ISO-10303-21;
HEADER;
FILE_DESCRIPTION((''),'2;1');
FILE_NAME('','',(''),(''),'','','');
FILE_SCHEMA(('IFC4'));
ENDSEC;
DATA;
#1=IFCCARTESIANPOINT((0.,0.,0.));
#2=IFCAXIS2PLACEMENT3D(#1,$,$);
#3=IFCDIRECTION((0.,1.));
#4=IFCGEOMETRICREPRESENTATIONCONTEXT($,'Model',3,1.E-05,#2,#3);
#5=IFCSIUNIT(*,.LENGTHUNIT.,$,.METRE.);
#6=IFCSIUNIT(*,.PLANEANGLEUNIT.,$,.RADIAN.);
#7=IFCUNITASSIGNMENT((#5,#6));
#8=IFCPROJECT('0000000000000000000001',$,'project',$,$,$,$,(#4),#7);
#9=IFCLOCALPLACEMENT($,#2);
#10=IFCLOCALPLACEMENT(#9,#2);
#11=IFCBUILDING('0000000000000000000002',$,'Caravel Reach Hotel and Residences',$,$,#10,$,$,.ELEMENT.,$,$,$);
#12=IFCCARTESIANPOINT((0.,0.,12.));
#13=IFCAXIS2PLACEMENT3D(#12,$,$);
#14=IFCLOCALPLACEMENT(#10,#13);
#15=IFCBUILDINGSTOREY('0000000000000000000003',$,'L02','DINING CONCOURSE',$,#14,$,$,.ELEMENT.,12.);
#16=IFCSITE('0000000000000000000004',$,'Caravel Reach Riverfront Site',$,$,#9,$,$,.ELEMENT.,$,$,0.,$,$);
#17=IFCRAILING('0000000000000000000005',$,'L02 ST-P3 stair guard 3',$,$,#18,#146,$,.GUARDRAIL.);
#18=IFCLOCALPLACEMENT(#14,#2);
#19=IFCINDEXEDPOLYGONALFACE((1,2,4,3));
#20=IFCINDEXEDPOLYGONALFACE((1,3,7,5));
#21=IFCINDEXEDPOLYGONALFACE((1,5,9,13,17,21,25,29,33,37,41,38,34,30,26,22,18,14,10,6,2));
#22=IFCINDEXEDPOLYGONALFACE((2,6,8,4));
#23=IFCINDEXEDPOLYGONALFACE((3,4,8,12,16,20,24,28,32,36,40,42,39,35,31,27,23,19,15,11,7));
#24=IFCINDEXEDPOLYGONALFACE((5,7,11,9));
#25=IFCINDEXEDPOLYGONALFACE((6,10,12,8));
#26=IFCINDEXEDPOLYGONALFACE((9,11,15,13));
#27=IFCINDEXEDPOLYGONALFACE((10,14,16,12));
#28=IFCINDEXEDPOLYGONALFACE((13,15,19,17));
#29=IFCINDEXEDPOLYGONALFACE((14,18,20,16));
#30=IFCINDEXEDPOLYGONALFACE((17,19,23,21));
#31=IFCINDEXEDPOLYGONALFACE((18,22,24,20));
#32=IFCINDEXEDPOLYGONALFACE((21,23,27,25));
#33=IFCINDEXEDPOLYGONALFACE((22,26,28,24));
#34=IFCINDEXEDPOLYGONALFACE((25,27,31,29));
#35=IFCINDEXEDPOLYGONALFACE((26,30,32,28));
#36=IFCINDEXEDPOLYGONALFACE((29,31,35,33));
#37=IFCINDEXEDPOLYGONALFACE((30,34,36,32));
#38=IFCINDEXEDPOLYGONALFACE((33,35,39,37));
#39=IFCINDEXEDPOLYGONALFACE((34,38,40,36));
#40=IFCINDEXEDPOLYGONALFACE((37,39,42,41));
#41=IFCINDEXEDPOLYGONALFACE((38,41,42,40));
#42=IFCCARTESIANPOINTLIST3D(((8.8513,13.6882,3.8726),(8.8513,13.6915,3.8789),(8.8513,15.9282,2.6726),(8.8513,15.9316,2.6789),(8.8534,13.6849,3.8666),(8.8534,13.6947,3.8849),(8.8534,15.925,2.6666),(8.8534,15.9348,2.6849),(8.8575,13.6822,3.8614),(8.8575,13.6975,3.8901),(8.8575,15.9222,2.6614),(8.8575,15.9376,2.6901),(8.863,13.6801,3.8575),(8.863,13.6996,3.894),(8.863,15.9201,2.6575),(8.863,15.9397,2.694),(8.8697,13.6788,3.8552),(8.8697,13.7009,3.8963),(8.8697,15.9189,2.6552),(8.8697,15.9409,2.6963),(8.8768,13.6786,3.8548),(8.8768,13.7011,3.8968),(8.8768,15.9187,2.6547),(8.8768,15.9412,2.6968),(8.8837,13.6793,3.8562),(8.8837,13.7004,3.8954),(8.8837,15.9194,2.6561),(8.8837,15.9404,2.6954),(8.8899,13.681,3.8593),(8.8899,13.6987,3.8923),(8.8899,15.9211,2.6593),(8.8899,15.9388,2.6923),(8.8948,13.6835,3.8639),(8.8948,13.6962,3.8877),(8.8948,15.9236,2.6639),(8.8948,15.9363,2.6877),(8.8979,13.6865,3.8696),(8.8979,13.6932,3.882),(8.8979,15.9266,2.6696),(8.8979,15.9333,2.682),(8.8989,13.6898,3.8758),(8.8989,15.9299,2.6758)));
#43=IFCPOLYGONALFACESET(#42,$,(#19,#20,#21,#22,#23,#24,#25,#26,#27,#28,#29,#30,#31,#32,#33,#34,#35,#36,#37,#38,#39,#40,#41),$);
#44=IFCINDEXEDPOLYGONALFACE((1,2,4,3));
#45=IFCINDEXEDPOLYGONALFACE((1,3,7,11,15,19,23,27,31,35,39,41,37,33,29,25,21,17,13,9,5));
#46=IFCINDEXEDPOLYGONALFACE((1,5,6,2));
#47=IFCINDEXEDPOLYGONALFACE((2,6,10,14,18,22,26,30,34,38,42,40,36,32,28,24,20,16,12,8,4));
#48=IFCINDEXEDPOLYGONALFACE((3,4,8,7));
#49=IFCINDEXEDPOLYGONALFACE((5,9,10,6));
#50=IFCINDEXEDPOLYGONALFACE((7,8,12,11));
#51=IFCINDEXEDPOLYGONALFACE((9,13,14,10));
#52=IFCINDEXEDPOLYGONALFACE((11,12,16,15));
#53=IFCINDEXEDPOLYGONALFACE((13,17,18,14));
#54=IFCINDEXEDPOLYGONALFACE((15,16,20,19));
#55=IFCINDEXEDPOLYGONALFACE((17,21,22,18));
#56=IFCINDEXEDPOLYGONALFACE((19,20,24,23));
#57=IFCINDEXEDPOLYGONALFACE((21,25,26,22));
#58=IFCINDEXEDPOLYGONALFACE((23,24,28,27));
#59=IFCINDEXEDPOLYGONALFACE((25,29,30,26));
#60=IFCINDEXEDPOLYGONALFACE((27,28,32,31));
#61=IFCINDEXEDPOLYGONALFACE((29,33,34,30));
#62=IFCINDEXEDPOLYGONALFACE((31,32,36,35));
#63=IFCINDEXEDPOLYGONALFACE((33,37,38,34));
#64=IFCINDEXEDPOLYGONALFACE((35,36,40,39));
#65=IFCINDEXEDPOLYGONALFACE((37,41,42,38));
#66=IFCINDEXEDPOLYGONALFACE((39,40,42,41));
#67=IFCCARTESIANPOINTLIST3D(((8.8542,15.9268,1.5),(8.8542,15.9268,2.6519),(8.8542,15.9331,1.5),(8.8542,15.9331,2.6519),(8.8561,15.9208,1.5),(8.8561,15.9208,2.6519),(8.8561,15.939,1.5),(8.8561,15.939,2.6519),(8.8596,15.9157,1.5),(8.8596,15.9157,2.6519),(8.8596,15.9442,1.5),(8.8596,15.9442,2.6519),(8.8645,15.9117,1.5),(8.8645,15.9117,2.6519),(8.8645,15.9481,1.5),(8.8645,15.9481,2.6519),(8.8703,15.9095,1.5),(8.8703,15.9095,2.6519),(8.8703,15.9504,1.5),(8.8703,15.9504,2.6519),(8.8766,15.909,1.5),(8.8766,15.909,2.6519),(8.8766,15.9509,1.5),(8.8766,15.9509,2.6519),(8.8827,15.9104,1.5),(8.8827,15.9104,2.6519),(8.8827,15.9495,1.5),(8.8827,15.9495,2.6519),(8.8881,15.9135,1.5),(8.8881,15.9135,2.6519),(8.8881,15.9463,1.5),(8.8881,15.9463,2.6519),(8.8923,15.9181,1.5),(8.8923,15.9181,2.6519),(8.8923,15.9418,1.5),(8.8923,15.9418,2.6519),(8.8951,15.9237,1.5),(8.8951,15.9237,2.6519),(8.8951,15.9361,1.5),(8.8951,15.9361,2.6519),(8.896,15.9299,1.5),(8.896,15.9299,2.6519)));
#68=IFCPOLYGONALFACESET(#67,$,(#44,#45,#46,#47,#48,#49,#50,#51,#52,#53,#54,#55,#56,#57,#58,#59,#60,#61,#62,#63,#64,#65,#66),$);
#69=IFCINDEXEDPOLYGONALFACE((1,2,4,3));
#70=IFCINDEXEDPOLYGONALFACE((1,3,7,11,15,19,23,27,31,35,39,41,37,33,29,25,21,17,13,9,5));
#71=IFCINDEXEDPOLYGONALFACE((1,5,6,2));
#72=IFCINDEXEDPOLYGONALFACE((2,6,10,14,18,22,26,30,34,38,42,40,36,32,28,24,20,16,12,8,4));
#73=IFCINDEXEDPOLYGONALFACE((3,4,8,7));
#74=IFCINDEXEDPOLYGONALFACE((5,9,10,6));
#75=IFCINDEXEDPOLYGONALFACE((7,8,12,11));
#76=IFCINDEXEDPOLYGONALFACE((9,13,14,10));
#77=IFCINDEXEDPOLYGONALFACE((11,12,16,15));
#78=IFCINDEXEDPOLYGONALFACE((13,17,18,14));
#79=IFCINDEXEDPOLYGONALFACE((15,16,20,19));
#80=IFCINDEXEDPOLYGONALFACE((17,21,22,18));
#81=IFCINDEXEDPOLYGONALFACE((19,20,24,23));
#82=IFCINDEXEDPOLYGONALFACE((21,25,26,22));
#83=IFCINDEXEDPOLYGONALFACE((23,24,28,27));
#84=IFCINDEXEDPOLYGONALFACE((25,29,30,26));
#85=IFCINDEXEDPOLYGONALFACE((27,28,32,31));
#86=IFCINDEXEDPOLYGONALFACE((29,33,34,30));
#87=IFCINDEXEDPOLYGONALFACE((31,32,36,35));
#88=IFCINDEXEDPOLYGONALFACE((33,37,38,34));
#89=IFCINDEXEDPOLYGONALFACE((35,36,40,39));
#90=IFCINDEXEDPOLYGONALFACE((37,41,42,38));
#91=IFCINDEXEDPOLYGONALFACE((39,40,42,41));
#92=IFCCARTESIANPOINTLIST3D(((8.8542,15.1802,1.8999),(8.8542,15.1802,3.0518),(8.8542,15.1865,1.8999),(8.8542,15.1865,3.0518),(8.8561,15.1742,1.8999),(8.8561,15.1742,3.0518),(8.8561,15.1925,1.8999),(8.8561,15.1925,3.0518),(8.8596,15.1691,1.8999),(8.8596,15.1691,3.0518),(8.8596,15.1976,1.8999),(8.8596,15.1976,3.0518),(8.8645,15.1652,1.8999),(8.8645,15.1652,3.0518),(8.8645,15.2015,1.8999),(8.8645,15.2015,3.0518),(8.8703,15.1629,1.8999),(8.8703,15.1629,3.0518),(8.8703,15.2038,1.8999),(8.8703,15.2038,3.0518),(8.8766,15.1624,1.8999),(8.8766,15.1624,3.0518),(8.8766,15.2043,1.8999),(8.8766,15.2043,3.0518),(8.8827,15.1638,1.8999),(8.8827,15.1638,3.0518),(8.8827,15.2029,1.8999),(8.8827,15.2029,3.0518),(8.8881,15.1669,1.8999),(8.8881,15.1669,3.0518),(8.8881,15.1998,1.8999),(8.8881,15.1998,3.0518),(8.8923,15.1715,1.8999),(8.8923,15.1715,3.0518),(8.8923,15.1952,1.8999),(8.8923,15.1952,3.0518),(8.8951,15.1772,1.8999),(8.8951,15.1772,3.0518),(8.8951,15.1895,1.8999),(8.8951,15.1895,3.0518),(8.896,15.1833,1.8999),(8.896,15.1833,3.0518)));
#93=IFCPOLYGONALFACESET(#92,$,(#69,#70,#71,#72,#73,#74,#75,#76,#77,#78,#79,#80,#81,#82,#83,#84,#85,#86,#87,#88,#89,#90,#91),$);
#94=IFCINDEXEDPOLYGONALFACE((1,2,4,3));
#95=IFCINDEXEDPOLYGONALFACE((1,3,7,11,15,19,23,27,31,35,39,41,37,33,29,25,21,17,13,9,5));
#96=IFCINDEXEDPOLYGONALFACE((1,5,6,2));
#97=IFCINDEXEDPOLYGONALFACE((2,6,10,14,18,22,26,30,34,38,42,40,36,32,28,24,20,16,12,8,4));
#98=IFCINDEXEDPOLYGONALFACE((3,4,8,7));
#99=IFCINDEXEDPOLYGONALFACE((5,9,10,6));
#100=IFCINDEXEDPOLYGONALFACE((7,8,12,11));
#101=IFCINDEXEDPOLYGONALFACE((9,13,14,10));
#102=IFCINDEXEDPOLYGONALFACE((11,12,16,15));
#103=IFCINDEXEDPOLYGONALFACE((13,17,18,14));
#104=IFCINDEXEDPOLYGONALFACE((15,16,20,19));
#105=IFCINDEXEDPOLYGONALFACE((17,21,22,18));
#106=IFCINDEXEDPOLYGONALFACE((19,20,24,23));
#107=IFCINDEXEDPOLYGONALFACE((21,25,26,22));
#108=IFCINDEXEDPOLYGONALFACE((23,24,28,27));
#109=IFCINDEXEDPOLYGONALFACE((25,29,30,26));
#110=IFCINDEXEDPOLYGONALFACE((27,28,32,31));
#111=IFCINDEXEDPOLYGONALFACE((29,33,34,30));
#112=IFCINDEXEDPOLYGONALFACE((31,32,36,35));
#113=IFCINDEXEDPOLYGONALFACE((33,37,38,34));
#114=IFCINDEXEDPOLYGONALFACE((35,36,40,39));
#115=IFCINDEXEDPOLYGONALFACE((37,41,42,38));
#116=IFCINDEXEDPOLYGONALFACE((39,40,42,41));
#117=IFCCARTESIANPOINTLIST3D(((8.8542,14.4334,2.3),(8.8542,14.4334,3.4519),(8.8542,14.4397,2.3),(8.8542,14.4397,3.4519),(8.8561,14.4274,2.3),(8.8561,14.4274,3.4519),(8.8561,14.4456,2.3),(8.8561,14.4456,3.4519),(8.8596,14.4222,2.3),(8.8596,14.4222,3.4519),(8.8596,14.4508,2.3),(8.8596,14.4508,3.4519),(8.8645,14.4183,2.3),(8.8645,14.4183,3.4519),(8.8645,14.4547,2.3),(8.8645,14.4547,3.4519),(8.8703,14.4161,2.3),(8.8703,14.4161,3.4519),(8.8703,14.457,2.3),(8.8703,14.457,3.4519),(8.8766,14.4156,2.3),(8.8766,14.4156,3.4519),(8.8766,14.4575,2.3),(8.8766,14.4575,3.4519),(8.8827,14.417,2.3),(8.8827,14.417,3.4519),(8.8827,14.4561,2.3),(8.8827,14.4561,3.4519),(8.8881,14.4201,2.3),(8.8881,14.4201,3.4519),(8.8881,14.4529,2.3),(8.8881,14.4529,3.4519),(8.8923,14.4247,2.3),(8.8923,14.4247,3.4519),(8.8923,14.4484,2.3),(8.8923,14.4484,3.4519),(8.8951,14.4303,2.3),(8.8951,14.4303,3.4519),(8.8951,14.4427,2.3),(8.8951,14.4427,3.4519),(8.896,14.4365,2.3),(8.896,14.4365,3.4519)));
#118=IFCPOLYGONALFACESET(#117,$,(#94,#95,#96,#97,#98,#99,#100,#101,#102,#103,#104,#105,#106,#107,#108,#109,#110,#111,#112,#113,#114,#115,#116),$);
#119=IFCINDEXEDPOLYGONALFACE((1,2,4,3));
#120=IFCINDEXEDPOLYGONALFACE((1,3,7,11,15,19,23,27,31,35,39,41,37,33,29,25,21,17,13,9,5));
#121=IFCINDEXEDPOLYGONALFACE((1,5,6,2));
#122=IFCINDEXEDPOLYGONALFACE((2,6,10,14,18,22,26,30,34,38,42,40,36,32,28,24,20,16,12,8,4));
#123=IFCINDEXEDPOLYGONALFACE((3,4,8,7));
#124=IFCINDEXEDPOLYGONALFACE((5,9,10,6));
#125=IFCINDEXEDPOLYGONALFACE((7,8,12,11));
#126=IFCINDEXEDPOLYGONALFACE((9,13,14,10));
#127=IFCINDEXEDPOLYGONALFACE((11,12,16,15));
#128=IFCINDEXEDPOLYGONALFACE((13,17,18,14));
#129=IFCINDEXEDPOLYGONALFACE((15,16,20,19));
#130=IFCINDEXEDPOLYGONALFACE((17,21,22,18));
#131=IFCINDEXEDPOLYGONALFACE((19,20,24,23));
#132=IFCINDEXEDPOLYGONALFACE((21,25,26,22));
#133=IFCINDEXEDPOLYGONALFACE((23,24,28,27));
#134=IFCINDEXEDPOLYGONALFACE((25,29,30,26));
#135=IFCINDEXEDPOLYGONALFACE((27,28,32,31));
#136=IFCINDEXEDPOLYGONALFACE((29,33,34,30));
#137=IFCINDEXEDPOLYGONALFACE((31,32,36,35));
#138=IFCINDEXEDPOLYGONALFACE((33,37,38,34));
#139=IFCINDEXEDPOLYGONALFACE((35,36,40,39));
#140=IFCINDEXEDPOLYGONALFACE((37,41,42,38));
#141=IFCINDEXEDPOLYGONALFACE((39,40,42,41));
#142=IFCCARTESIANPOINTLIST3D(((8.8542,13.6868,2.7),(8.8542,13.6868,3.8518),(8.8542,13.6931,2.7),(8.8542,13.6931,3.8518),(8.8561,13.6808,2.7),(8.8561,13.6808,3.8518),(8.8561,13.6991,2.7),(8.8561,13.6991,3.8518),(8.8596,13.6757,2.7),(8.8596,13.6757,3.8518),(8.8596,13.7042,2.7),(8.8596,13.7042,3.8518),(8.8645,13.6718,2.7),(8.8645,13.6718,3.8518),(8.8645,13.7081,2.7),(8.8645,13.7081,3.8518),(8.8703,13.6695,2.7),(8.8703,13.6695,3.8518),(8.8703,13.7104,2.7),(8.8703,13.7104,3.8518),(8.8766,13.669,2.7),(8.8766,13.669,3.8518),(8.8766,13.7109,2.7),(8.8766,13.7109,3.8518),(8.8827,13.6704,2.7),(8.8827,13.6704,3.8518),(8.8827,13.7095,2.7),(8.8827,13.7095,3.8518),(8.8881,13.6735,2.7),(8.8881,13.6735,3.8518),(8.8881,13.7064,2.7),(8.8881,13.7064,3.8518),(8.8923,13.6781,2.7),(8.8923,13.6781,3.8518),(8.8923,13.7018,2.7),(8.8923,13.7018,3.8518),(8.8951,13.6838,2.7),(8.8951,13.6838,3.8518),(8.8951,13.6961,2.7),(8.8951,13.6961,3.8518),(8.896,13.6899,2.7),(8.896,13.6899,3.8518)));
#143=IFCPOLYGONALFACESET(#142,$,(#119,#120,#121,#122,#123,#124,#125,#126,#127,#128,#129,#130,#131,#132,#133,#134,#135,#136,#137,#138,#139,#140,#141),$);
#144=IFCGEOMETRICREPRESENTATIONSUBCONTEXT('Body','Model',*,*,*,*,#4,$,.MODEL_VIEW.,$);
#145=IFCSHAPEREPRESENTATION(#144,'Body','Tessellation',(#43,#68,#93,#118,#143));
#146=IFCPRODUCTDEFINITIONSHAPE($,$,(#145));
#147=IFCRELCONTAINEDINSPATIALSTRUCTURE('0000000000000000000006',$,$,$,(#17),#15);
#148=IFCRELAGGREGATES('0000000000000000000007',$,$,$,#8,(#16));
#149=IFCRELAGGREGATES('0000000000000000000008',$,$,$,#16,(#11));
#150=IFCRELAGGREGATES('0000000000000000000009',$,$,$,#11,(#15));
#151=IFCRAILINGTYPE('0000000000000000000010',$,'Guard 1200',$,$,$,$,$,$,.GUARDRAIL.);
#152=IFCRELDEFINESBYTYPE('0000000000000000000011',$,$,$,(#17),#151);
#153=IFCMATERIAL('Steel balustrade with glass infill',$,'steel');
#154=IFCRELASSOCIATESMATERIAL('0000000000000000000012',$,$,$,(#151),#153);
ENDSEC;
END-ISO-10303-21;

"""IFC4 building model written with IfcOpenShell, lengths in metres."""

from ifc_helpers import new_model, si_unit, direction, frame, origin, origin_2d, place, context, subcontext, project, spatial, circle, extrude, material, type_object, element, save


model = new_model("IFC4")

# Units and contexts
model_context = context("Model", 3, precision=1e-05, world=origin(), true_north=direction((0.0, 1.0)))
body_context = subcontext(model_context, "Body", "Model", "MODEL_VIEW")
ifc_project = project(units=[si_unit("LENGTHUNIT", "METRE"), si_unit("PLANEANGLEUNIT", "RADIAN")], contexts=[model_context])

# Site, building, storey
site_placement = place(None, origin())
site = spatial("IfcSite", under=ifc_project, at=site_placement, Name="Caravel Reach Riverfront Site", CompositionType="ELEMENT", RefElevation=0.0)
building_placement = place(site_placement, origin())
building = spatial("IfcBuilding", under=site, at=building_placement, Name="Caravel Reach Hotel and Residences", CompositionType="ELEMENT")
storey_placement = place(building_placement, frame((0.0, 0.0, 12.0)))
storey = spatial("IfcBuildingStorey", under=building, at=storey_placement, Name="L02", Description="DINING CONCOURSE", CompositionType="ELEMENT", Elevation=12.0)

# Railing
ifc_material_1 = material(Name="Steel balustrade with glass infill", Category="steel")
railing_type_1 = type_object("IfcRailingType", Name="Guard 1200", PredefinedType="GUARDRAIL", material=ifc_material_1)
railing_1_placement = place(storey_placement, frame((8.875, 15.9299, 1.5)))
element("IfcRailing", 1, at=railing_1_placement, inside=storey, type_object=railing_type_1, Name="L02 ST-P3 stair guard 3", PredefinedType="GUARDRAIL", context=body_context, shape_type="SweptSolid", body=[
    extrude(circle(Radius=0.0239, at=origin_2d()), frame((0.0, 0.0, 1.1758), z_axis=(0.0, -0.881487, 0.472208), x_axis=(1.0, 0.0, 0.0)), (0.0, 0.0, 1.0), 2.5413),
    extrude(circle(Radius=0.021, at=origin_2d()), origin(), (0.0, 0.0, 1.0), 1.1519),
    extrude(circle(Radius=0.021, at=origin_2d()), frame((0.0, -0.7466, 0.3999)), (0.0, 0.0, 1.0), 1.1519),
    extrude(circle(Radius=0.021, at=origin_2d()), frame((0.0, -1.4934, 0.8)), (0.0, 0.0, 1.0), 1.1519),
    extrude(circle(Radius=0.021, at=origin_2d()), frame((0.0, -2.24, 1.2)), (0.0, 0.0, 1.0), 1.1519),
])

save(model, "model.ifc")
